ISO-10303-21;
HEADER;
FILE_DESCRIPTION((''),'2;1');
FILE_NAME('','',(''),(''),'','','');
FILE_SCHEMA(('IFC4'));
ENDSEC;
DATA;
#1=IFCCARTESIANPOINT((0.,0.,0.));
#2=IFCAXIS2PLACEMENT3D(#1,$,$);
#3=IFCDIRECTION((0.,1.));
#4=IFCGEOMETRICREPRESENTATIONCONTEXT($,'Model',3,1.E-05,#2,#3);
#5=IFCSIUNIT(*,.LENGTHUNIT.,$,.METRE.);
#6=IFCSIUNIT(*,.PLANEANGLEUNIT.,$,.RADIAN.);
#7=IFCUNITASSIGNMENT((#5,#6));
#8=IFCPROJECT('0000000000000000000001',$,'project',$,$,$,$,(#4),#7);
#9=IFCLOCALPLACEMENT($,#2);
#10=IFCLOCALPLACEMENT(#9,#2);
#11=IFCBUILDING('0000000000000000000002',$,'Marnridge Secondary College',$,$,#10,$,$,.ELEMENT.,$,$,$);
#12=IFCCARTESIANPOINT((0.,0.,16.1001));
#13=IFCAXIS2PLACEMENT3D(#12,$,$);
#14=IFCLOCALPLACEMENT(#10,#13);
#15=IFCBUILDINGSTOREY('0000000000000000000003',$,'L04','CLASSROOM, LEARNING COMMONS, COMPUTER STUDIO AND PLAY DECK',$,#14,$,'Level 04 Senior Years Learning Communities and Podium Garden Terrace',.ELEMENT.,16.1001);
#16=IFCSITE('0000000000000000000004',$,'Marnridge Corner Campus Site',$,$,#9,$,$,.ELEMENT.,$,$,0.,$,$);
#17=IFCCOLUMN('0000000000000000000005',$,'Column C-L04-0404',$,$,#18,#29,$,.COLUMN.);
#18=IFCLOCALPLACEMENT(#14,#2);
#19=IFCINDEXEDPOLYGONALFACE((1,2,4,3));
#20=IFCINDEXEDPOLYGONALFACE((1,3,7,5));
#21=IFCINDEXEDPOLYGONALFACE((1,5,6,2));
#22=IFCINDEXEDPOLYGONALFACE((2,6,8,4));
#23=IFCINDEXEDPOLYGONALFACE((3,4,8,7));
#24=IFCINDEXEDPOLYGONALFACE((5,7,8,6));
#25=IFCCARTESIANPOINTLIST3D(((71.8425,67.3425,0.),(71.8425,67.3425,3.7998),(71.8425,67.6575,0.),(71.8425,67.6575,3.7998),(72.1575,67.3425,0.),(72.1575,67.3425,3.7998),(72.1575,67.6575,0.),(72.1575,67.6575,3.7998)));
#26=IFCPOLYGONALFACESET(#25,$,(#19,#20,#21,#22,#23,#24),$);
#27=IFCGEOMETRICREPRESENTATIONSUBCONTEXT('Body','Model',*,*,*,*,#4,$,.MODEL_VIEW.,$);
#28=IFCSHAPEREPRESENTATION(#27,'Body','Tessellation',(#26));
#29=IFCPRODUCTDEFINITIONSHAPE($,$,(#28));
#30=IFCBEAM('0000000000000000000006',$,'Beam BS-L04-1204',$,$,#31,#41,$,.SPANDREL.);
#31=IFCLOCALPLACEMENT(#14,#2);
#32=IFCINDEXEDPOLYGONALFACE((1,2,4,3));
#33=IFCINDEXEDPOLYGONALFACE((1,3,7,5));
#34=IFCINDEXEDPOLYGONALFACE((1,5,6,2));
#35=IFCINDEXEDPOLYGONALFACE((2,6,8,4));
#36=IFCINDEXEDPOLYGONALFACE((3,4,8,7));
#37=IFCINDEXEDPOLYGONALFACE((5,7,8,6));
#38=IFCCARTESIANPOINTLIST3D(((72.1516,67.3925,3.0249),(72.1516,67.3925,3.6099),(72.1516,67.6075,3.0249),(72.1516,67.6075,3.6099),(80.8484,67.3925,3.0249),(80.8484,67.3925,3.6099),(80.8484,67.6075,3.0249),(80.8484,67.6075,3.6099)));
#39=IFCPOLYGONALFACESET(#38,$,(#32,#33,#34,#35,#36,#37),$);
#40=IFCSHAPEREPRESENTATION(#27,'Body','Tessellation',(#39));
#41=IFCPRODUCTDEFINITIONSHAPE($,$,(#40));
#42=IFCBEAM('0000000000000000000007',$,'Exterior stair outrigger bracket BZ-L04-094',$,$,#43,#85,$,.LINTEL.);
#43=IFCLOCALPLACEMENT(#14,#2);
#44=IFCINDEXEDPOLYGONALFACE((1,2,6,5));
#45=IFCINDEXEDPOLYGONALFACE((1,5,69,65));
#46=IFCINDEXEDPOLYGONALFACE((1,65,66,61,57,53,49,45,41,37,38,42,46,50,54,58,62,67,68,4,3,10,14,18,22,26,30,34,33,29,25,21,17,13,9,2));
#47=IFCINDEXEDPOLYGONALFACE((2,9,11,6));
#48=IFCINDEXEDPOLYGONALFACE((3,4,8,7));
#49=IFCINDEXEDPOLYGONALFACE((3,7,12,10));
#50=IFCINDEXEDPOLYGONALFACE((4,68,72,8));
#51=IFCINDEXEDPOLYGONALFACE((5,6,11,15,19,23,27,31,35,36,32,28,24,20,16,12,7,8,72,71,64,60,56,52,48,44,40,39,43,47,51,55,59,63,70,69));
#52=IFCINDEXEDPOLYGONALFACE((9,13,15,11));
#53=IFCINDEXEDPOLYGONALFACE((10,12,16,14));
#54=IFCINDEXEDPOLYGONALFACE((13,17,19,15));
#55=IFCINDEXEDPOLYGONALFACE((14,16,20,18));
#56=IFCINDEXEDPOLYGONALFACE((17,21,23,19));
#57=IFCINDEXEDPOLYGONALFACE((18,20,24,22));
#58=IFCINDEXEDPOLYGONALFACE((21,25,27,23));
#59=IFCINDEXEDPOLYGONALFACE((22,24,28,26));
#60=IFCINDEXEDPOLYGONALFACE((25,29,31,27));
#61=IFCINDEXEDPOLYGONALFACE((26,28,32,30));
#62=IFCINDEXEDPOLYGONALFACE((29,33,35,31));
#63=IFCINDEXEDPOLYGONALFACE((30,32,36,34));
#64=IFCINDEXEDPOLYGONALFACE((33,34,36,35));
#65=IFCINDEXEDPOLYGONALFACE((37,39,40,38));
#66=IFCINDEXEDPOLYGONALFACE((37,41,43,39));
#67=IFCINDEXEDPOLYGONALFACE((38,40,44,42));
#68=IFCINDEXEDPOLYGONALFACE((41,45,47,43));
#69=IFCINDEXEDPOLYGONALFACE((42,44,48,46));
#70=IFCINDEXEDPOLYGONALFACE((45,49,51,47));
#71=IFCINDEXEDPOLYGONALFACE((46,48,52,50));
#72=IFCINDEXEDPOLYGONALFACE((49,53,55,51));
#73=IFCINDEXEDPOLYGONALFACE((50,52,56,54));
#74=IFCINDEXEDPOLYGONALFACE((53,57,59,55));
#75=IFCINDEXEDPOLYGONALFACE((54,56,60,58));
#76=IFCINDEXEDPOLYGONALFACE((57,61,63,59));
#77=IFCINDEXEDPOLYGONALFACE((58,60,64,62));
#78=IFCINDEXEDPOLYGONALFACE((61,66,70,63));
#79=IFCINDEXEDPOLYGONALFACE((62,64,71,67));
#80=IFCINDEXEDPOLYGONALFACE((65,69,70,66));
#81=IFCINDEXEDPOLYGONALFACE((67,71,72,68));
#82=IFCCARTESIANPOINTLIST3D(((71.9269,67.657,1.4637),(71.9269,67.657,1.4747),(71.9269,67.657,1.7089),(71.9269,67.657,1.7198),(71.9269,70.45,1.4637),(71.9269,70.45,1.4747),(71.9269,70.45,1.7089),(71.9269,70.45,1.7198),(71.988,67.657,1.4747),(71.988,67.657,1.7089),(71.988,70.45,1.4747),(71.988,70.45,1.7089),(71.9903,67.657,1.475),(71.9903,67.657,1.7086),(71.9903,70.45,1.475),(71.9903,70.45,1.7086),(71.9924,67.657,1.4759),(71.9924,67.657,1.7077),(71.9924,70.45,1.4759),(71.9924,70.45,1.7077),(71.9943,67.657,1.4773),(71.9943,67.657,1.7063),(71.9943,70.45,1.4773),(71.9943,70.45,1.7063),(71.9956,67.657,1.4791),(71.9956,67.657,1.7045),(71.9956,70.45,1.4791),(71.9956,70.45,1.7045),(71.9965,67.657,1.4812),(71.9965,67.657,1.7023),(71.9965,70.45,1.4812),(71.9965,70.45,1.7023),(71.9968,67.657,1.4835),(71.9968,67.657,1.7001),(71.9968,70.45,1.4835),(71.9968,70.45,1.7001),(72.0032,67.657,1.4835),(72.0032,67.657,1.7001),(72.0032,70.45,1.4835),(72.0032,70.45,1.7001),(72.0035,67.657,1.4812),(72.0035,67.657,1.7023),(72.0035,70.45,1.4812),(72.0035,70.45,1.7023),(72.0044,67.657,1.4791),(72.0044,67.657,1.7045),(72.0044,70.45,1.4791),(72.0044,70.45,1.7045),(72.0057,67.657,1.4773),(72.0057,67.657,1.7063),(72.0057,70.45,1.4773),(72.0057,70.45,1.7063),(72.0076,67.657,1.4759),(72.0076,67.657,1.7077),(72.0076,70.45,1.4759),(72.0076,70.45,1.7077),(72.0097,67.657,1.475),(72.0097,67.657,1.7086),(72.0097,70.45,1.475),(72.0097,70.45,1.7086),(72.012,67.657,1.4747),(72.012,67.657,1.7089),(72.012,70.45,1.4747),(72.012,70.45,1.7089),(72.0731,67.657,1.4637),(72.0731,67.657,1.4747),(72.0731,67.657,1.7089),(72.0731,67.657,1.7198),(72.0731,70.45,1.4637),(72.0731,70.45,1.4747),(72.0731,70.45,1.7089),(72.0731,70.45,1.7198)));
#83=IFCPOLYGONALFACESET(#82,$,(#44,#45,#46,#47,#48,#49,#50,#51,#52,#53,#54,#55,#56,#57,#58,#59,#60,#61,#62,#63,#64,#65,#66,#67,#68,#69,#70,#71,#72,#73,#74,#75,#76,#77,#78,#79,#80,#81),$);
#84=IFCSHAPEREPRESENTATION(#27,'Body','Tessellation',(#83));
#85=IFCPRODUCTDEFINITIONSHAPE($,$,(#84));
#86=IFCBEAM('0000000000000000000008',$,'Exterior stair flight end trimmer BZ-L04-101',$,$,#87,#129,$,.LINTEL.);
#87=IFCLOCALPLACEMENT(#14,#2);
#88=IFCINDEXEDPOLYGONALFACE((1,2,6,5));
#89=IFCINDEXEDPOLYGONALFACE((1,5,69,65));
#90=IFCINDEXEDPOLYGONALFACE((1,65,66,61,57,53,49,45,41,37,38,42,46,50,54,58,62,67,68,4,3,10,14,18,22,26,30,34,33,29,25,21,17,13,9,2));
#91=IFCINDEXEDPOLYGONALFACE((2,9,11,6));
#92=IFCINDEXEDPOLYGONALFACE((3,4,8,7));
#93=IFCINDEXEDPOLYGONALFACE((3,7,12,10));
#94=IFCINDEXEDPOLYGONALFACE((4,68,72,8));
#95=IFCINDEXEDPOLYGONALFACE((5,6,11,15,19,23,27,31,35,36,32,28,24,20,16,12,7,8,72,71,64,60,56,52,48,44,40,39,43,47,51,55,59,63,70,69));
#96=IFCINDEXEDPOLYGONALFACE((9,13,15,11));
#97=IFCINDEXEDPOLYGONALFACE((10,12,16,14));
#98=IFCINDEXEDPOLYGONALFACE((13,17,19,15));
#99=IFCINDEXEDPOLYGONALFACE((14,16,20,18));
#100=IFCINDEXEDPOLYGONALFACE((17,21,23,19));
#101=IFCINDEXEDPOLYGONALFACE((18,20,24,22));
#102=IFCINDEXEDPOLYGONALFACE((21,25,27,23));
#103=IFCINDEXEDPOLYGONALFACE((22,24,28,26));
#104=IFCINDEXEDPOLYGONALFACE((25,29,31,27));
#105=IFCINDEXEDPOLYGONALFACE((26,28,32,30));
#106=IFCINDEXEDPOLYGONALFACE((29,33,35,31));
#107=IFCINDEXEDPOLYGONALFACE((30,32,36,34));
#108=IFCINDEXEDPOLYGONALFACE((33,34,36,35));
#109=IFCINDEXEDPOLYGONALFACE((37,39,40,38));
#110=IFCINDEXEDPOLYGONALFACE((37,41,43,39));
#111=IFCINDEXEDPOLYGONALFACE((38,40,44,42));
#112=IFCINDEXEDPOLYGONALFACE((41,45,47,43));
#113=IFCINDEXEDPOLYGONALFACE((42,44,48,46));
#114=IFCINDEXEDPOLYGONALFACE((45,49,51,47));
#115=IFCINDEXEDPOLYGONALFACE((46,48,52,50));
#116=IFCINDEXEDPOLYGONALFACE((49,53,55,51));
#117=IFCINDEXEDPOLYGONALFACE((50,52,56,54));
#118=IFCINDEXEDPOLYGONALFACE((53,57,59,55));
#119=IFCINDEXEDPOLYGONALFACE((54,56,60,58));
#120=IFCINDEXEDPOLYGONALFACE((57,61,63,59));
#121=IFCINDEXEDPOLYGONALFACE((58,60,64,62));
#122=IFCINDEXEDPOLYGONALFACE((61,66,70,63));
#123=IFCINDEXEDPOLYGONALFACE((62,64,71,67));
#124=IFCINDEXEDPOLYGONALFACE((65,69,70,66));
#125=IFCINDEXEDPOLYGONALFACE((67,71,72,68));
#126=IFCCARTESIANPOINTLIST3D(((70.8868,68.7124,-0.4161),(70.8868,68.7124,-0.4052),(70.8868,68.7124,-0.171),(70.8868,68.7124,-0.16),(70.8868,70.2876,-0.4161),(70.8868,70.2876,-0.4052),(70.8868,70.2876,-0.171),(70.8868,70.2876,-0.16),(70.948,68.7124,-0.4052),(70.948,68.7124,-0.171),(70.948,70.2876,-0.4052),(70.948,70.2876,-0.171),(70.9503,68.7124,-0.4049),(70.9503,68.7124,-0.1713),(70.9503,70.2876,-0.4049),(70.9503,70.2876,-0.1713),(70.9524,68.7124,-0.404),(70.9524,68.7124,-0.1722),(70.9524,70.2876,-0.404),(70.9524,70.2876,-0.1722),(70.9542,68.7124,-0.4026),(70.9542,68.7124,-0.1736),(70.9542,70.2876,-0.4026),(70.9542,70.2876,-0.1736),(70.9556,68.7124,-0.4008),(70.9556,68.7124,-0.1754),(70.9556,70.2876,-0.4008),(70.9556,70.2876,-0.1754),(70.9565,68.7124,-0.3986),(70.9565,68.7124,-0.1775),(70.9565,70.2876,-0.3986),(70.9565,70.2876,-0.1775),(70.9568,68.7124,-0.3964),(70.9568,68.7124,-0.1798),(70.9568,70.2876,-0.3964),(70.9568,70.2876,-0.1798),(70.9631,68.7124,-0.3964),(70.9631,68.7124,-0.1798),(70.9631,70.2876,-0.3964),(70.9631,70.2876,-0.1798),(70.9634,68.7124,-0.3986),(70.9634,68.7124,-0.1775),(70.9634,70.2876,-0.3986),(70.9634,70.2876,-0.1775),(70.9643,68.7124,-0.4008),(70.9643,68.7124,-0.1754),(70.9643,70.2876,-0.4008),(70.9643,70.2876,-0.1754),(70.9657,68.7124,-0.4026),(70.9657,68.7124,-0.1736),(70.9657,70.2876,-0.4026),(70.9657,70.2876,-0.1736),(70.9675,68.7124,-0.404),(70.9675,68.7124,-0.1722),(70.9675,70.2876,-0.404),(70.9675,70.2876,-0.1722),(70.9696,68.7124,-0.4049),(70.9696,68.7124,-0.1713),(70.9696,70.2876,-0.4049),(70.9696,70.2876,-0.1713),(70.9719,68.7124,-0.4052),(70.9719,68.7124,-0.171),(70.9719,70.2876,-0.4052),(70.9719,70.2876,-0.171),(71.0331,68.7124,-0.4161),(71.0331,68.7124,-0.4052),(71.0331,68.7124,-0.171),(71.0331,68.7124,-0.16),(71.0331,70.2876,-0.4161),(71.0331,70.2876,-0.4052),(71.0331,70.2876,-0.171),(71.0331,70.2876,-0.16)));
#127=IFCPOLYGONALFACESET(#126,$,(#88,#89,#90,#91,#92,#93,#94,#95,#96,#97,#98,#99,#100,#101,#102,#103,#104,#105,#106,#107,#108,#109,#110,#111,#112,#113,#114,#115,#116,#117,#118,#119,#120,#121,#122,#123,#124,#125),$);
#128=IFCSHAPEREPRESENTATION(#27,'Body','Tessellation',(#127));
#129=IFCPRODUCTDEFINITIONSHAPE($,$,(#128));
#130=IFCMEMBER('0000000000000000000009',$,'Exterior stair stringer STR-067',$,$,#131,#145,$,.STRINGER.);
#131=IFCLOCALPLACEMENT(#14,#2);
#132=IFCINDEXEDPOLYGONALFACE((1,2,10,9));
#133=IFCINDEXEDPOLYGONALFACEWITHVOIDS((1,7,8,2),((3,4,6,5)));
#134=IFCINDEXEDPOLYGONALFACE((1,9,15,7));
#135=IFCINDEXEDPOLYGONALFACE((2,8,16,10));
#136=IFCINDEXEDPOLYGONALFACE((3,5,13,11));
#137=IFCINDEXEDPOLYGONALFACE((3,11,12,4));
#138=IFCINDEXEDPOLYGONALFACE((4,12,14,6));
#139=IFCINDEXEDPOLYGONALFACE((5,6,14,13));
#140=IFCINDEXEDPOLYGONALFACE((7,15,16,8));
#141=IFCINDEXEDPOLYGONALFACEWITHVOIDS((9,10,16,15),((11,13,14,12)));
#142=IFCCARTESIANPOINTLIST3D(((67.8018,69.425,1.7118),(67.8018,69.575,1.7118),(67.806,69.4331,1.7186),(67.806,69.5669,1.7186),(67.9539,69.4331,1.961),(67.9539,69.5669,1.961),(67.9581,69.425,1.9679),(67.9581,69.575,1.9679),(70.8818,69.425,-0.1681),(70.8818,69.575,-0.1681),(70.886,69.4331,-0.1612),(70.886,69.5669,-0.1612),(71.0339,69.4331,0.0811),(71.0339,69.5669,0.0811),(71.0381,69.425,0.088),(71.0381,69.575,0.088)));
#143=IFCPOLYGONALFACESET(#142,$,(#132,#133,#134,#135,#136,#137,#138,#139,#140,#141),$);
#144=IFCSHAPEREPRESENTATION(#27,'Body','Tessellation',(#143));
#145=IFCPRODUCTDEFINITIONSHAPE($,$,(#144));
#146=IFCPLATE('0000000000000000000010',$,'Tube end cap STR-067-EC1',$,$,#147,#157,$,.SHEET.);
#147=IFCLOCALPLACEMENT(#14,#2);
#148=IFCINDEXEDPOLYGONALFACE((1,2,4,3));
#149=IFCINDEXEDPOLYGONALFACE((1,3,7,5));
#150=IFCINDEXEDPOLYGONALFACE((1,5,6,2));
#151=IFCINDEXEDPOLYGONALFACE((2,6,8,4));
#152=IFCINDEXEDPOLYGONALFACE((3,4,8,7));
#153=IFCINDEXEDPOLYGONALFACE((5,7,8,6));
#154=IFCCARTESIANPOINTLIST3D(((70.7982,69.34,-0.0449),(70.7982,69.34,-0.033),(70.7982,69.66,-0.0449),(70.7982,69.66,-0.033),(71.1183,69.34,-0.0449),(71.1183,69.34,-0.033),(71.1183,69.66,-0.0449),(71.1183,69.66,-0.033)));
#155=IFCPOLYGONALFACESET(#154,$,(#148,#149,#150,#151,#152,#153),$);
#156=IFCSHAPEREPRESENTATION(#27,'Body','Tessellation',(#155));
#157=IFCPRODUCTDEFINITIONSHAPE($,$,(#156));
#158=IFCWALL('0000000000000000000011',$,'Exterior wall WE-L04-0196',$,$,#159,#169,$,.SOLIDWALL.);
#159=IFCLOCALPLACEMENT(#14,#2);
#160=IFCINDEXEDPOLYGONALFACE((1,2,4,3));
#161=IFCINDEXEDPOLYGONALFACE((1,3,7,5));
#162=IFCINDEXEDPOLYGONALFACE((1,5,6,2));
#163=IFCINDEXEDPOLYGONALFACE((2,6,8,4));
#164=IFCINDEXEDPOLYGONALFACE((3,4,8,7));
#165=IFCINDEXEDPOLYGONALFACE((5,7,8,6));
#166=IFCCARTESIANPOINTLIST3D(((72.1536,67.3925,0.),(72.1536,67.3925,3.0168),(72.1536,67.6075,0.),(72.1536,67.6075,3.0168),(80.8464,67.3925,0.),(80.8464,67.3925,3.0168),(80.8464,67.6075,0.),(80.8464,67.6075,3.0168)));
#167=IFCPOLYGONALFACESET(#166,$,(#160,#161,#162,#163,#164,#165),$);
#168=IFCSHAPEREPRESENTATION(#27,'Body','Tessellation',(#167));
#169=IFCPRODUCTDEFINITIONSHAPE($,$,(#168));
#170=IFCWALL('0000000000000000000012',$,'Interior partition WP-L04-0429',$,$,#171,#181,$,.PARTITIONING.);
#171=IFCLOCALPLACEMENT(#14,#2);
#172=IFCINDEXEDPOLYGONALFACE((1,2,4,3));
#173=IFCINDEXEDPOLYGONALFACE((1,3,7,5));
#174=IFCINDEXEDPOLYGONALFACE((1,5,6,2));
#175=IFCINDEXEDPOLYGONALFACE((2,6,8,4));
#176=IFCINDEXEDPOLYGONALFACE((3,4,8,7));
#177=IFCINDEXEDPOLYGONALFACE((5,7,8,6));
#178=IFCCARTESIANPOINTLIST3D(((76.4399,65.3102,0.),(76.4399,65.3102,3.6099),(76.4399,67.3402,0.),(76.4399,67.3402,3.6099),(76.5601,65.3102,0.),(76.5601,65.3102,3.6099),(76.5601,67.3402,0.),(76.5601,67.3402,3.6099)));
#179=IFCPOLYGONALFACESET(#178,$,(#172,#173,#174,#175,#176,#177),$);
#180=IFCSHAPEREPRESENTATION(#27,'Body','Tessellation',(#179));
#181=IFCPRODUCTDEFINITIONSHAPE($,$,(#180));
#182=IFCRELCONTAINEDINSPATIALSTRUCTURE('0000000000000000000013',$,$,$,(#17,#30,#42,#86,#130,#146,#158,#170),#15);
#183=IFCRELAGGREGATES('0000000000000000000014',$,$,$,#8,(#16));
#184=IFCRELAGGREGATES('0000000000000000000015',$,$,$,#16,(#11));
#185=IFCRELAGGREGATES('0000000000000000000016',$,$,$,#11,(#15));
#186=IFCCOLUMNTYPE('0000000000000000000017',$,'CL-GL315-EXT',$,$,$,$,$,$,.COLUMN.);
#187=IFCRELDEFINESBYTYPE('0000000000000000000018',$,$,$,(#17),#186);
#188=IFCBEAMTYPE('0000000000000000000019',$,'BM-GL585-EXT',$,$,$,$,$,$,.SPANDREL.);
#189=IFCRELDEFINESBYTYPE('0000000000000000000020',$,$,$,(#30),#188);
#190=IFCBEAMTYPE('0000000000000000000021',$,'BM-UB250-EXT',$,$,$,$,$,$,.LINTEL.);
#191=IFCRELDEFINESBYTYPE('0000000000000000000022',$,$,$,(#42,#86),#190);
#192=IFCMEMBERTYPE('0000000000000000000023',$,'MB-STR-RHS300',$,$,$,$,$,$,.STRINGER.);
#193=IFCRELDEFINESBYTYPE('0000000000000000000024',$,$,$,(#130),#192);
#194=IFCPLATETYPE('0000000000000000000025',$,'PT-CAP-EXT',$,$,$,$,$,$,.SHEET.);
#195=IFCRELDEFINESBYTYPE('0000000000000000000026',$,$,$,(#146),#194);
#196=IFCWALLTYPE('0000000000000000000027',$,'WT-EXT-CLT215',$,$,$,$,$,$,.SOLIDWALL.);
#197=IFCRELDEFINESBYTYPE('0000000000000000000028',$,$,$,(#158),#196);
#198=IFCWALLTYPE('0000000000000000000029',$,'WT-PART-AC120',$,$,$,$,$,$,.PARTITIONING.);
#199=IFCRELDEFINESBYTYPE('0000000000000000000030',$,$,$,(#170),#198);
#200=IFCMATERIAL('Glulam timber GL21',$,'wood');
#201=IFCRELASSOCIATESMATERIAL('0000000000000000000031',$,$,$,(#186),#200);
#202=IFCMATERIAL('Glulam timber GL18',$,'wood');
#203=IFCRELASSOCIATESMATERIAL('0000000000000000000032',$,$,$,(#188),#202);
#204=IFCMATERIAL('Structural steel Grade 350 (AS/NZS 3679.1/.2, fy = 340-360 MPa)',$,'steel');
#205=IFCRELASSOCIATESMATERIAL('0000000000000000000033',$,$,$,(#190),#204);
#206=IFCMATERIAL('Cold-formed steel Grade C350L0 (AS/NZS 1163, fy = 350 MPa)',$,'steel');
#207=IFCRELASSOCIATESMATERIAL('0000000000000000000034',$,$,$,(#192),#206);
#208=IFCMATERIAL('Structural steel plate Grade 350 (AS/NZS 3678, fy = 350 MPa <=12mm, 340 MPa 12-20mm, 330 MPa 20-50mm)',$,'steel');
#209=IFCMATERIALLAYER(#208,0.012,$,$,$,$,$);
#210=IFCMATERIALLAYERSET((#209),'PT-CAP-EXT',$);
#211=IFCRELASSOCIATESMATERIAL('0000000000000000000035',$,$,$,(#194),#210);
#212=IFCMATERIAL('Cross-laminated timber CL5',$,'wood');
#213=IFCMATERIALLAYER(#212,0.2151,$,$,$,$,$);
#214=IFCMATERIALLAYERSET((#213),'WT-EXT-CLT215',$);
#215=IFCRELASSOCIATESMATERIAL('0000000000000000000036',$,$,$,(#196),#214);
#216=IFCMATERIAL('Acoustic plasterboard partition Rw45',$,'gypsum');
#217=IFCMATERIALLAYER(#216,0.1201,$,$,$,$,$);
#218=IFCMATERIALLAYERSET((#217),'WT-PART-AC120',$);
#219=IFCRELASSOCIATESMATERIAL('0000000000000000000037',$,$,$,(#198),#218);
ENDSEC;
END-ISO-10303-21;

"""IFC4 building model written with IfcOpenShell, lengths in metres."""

from ifc_helpers import new_model, si_unit, direction, frame, frame_2d, origin, origin_2d, place, context, subcontext, project, spatial, rectangle, hollow_rectangle, i_section, extrude, material, layer, layer_set, material_profile, profile_set, type_object, element, save


model = new_model("IFC4")

# Units and contexts
model_context = context("Model", 3, precision=1e-05, world=origin(), true_north=direction((0.0, 1.0)))
body_context = subcontext(model_context, "Body", "Model", "MODEL_VIEW")
ifc_project = project(units=[si_unit("LENGTHUNIT", "METRE"), si_unit("PLANEANGLEUNIT", "RADIAN")], contexts=[model_context])

# Site, building, storey
site_placement = place(None, origin())
site = spatial("IfcSite", under=ifc_project, at=site_placement, Name="Marnridge Corner Campus Site", CompositionType="ELEMENT", RefElevation=0.0)
building_placement = place(site_placement, origin())
building = spatial("IfcBuilding", under=site, at=building_placement, Name="Marnridge Secondary College", CompositionType="ELEMENT")
storey_placement = place(building_placement, frame((0.0, 0.0, 16.1001)))
storey = spatial("IfcBuildingStorey", under=building, at=storey_placement, Name="L04", Description="CLASSROOM, LEARNING COMMONS, COMPUTER STUDIO AND PLAY DECK", LongName="Level 04 Senior Years Learning Communities and Podium Garden Terrace", CompositionType="ELEMENT", Elevation=16.1001)

# Column
ifc_material_1 = material(Name="Glulam timber GL21", Category="wood")
ifc_material_profile_1 = material_profile(ifc_material_1, rectangle(XDim=0.3149, YDim=0.3149, at=origin_2d()), Name="GL21 315x315")
ifc_profile_set_1 = profile_set([ifc_material_profile_1], Name="Glulam timber GL21")
column_type = type_object("IfcColumnType", Name="CL-GL315-EXT", PredefinedType="COLUMN", material=ifc_profile_set_1)
column_placement = place(storey_placement, frame((72.0, 67.5, 0.0), z_axis=(0.0, 0.0, 1.0), x_axis=(1.0, 0.0, 0.0)))
element("IfcColumn", 1, at=column_placement, inside=storey, type_object=column_type, Name="Column C-L04-0404", PredefinedType="COLUMN", context=body_context, shape_type="SweptSolid", body=[
    extrude(rectangle(XDim=0.3149, YDim=0.3149, at=origin_2d()), origin(), (0.0, 0.0, 1.0), 3.7998),
])

# Beams
ifc_material_2 = material(Name="Glulam timber GL18", Category="wood")
ifc_material_profile_2 = material_profile(ifc_material_2, rectangle(XDim=0.2151, YDim=0.585, at=origin_2d()), Name="GL18 215x585")
ifc_profile_set_2 = profile_set([ifc_material_profile_2], Name="Glulam timber GL18")
beam_type_1 = type_object("IfcBeamType", Name="BM-GL585-EXT", PredefinedType="SPANDREL", material=ifc_profile_set_2)
beam_1_placement = place(storey_placement, frame((72.1516, 67.5, 3.3174), z_axis=(1.0, 0.0, 0.0), x_axis=(0.0, 1.0, 0.0)))
element("IfcBeam", 2, at=beam_1_placement, inside=storey, type_object=beam_type_1, Name="Beam BS-L04-1204", PredefinedType="SPANDREL", context=body_context, shape_type="SweptSolid", body=[
    extrude(rectangle(XDim=0.2151, YDim=0.585, at=origin_2d()), origin(), (0.0, 0.0, 1.0), 8.6968),
])
ifc_material_3 = material(Name="Structural steel Grade 350 (AS/NZS 3679.1/.2, fy = 340-360 MPa)", Category="steel")
ifc_material_profile_3 = material_profile(ifc_material_3, i_section(OverallWidth=0.1462, OverallDepth=0.2561, WebThickness=0.0063, FlangeThickness=0.011, FilletRadius=0.0088, at=origin_2d()), Name="250UB37.3")
ifc_profile_set_3 = profile_set([ifc_material_profile_3], Name="Structural steel Grade 350 (AS/NZS 3679.1/.2, fy = 340-360 MPa)")
beam_type_2 = type_object("IfcBeamType", Name="BM-UB250-EXT", PredefinedType="LINTEL", material=ifc_profile_set_3)
beam_2_placement = place(storey_placement, frame((72.0, 67.657, 1.5918), z_axis=(0.0, 1.0, 0.0), x_axis=(-1.0, 0.0, 0.0)))
element("IfcBeam", 3, at=beam_2_placement, inside=storey, type_object=beam_type_2, Name="Exterior stair outrigger bracket BZ-L04-094", PredefinedType="LINTEL", context=body_context, shape_type="SweptSolid", body=[
    extrude(i_section(OverallWidth=0.1462, OverallDepth=0.2561, WebThickness=0.0063, FlangeThickness=0.011, FilletRadius=0.0088, at=origin_2d()), origin(), (0.0, 0.0, 1.0), 2.793),
])
beam_3_placement = place(storey_placement, frame((70.96, 68.7124, -0.2881), z_axis=(0.0, 1.0, 0.0), x_axis=(-1.0, 0.0, 0.0)))
element("IfcBeam", 4, at=beam_3_placement, inside=storey, type_object=beam_type_2, Name="Exterior stair flight end trimmer BZ-L04-101", PredefinedType="LINTEL", context=body_context, shape_type="SweptSolid", body=[
    extrude(i_section(OverallWidth=0.1462, OverallDepth=0.2561, WebThickness=0.0063, FlangeThickness=0.011, FilletRadius=0.0088, at=origin_2d()), origin(), (0.0, 0.0, 1.0), 1.5752),
])

# Member
ifc_material_4 = material(Name="Cold-formed steel Grade C350L0 (AS/NZS 1163, fy = 350 MPa)", Category="steel")
ifc_material_profile_4 = material_profile(ifc_material_4, hollow_rectangle(XDim=0.1499, YDim=0.3, WallThickness=0.0081, at=origin_2d()), Name="300x150x8.0RHS")
ifc_profile_set_4 = profile_set([ifc_material_profile_4], Name="Cold-formed steel Grade C350L0 (AS/NZS 1163, fy = 350 MPa)")
member_type = type_object("IfcMemberType", Name="MB-STR-RHS300", PredefinedType="STRINGER", material=ifc_profile_set_4)
member_placement = place(storey_placement, frame((70.96, 69.5, -0.04), z_axis=(-0.853576, 0.0, 0.520968), x_axis=(0.0, -1.0, 0.0)))
element("IfcMember", 5, at=member_placement, inside=storey, type_object=member_type, Name="Exterior stair stringer STR-067", PredefinedType="STRINGER", context=body_context, shape_type="SweptSolid", body=[
    extrude(hollow_rectangle(XDim=0.1499, YDim=0.3, WallThickness=0.0081, at=origin_2d()), origin(), (0.0, 0.0, 1.0), 3.6084),
])

# Plate
ifc_material_5 = material(Name="Structural steel plate Grade 350 (AS/NZS 3678, fy = 350 MPa <=12mm, 340 MPa 12-20mm, 330 MPa 20-50mm)", Category="steel")
ifc_layer_1 = layer(ifc_material_5, 0.012)
ifc_layer_set_1 = layer_set([ifc_layer_1], Name="PT-CAP-EXT")
plate_type = type_object("IfcPlateType", Name="PT-CAP-EXT", PredefinedType="SHEET", material=ifc_layer_set_1)
plate_placement = place(storey_placement, frame((70.9583, 69.5, -0.0449), z_axis=(0.0, 0.0, 1.0), x_axis=(-1.0, 0.0, 0.0)))
element("IfcPlate", 6, at=plate_placement, inside=storey, type_object=plate_type, Name="Tube end cap STR-067-EC1", PredefinedType="SHEET", context=body_context, shape_type="SweptSolid", body=[
    extrude(rectangle(XDim=0.3201, YDim=0.3201, at=origin_2d()), origin(), (0.0, 0.0, 1.0), 0.012),
])

# Walls
ifc_material_6 = material(Name="Cross-laminated timber CL5", Category="wood")
ifc_layer_2 = layer(ifc_material_6, 0.2151)
ifc_layer_set_2 = layer_set([ifc_layer_2], Name="WT-EXT-CLT215")
wall_type_1 = type_object("IfcWallType", Name="WT-EXT-CLT215", PredefinedType="SOLIDWALL", material=ifc_layer_set_2)
wall_1_placement = place(storey_placement, frame((72.1536, 67.5, 0.0), z_axis=(0.0, 0.0, 1.0), x_axis=(1.0, 0.0, 0.0)))
element("IfcWall", 7, at=wall_1_placement, inside=storey, type_object=wall_type_1, Name="Exterior wall WE-L04-0196", PredefinedType="SOLIDWALL", context=body_context, shape_type="SweptSolid", body=[
    extrude(rectangle(XDim=8.6929, YDim=0.2151, at=frame_2d((4.3464, 0.0))), origin(), (0.0, 0.0, 1.0), 3.0168),
])
ifc_material_7 = material(Name="Acoustic plasterboard partition Rw45", Category="gypsum")
ifc_layer_3 = layer(ifc_material_7, 0.1201)
ifc_layer_set_3 = layer_set([ifc_layer_3], Name="WT-PART-AC120")
wall_type_2 = type_object("IfcWallType", Name="WT-PART-AC120", PredefinedType="PARTITIONING", material=ifc_layer_set_3)
wall_2_placement = place(storey_placement, frame((76.5, 65.3101, 0.0), z_axis=(0.0, 0.0, 1.0), x_axis=(0.0, 1.0, 0.0)))
element("IfcWall", 8, at=wall_2_placement, inside=storey, type_object=wall_type_2, Name="Interior partition WP-L04-0429", PredefinedType="PARTITIONING", context=body_context, shape_type="SweptSolid", body=[
    extrude(rectangle(XDim=2.03, YDim=0.1201, at=frame_2d((1.0151, 0.0))), origin(), (0.0, 0.0, 1.0), 3.6099),
])

save(model, "model.ifc")
